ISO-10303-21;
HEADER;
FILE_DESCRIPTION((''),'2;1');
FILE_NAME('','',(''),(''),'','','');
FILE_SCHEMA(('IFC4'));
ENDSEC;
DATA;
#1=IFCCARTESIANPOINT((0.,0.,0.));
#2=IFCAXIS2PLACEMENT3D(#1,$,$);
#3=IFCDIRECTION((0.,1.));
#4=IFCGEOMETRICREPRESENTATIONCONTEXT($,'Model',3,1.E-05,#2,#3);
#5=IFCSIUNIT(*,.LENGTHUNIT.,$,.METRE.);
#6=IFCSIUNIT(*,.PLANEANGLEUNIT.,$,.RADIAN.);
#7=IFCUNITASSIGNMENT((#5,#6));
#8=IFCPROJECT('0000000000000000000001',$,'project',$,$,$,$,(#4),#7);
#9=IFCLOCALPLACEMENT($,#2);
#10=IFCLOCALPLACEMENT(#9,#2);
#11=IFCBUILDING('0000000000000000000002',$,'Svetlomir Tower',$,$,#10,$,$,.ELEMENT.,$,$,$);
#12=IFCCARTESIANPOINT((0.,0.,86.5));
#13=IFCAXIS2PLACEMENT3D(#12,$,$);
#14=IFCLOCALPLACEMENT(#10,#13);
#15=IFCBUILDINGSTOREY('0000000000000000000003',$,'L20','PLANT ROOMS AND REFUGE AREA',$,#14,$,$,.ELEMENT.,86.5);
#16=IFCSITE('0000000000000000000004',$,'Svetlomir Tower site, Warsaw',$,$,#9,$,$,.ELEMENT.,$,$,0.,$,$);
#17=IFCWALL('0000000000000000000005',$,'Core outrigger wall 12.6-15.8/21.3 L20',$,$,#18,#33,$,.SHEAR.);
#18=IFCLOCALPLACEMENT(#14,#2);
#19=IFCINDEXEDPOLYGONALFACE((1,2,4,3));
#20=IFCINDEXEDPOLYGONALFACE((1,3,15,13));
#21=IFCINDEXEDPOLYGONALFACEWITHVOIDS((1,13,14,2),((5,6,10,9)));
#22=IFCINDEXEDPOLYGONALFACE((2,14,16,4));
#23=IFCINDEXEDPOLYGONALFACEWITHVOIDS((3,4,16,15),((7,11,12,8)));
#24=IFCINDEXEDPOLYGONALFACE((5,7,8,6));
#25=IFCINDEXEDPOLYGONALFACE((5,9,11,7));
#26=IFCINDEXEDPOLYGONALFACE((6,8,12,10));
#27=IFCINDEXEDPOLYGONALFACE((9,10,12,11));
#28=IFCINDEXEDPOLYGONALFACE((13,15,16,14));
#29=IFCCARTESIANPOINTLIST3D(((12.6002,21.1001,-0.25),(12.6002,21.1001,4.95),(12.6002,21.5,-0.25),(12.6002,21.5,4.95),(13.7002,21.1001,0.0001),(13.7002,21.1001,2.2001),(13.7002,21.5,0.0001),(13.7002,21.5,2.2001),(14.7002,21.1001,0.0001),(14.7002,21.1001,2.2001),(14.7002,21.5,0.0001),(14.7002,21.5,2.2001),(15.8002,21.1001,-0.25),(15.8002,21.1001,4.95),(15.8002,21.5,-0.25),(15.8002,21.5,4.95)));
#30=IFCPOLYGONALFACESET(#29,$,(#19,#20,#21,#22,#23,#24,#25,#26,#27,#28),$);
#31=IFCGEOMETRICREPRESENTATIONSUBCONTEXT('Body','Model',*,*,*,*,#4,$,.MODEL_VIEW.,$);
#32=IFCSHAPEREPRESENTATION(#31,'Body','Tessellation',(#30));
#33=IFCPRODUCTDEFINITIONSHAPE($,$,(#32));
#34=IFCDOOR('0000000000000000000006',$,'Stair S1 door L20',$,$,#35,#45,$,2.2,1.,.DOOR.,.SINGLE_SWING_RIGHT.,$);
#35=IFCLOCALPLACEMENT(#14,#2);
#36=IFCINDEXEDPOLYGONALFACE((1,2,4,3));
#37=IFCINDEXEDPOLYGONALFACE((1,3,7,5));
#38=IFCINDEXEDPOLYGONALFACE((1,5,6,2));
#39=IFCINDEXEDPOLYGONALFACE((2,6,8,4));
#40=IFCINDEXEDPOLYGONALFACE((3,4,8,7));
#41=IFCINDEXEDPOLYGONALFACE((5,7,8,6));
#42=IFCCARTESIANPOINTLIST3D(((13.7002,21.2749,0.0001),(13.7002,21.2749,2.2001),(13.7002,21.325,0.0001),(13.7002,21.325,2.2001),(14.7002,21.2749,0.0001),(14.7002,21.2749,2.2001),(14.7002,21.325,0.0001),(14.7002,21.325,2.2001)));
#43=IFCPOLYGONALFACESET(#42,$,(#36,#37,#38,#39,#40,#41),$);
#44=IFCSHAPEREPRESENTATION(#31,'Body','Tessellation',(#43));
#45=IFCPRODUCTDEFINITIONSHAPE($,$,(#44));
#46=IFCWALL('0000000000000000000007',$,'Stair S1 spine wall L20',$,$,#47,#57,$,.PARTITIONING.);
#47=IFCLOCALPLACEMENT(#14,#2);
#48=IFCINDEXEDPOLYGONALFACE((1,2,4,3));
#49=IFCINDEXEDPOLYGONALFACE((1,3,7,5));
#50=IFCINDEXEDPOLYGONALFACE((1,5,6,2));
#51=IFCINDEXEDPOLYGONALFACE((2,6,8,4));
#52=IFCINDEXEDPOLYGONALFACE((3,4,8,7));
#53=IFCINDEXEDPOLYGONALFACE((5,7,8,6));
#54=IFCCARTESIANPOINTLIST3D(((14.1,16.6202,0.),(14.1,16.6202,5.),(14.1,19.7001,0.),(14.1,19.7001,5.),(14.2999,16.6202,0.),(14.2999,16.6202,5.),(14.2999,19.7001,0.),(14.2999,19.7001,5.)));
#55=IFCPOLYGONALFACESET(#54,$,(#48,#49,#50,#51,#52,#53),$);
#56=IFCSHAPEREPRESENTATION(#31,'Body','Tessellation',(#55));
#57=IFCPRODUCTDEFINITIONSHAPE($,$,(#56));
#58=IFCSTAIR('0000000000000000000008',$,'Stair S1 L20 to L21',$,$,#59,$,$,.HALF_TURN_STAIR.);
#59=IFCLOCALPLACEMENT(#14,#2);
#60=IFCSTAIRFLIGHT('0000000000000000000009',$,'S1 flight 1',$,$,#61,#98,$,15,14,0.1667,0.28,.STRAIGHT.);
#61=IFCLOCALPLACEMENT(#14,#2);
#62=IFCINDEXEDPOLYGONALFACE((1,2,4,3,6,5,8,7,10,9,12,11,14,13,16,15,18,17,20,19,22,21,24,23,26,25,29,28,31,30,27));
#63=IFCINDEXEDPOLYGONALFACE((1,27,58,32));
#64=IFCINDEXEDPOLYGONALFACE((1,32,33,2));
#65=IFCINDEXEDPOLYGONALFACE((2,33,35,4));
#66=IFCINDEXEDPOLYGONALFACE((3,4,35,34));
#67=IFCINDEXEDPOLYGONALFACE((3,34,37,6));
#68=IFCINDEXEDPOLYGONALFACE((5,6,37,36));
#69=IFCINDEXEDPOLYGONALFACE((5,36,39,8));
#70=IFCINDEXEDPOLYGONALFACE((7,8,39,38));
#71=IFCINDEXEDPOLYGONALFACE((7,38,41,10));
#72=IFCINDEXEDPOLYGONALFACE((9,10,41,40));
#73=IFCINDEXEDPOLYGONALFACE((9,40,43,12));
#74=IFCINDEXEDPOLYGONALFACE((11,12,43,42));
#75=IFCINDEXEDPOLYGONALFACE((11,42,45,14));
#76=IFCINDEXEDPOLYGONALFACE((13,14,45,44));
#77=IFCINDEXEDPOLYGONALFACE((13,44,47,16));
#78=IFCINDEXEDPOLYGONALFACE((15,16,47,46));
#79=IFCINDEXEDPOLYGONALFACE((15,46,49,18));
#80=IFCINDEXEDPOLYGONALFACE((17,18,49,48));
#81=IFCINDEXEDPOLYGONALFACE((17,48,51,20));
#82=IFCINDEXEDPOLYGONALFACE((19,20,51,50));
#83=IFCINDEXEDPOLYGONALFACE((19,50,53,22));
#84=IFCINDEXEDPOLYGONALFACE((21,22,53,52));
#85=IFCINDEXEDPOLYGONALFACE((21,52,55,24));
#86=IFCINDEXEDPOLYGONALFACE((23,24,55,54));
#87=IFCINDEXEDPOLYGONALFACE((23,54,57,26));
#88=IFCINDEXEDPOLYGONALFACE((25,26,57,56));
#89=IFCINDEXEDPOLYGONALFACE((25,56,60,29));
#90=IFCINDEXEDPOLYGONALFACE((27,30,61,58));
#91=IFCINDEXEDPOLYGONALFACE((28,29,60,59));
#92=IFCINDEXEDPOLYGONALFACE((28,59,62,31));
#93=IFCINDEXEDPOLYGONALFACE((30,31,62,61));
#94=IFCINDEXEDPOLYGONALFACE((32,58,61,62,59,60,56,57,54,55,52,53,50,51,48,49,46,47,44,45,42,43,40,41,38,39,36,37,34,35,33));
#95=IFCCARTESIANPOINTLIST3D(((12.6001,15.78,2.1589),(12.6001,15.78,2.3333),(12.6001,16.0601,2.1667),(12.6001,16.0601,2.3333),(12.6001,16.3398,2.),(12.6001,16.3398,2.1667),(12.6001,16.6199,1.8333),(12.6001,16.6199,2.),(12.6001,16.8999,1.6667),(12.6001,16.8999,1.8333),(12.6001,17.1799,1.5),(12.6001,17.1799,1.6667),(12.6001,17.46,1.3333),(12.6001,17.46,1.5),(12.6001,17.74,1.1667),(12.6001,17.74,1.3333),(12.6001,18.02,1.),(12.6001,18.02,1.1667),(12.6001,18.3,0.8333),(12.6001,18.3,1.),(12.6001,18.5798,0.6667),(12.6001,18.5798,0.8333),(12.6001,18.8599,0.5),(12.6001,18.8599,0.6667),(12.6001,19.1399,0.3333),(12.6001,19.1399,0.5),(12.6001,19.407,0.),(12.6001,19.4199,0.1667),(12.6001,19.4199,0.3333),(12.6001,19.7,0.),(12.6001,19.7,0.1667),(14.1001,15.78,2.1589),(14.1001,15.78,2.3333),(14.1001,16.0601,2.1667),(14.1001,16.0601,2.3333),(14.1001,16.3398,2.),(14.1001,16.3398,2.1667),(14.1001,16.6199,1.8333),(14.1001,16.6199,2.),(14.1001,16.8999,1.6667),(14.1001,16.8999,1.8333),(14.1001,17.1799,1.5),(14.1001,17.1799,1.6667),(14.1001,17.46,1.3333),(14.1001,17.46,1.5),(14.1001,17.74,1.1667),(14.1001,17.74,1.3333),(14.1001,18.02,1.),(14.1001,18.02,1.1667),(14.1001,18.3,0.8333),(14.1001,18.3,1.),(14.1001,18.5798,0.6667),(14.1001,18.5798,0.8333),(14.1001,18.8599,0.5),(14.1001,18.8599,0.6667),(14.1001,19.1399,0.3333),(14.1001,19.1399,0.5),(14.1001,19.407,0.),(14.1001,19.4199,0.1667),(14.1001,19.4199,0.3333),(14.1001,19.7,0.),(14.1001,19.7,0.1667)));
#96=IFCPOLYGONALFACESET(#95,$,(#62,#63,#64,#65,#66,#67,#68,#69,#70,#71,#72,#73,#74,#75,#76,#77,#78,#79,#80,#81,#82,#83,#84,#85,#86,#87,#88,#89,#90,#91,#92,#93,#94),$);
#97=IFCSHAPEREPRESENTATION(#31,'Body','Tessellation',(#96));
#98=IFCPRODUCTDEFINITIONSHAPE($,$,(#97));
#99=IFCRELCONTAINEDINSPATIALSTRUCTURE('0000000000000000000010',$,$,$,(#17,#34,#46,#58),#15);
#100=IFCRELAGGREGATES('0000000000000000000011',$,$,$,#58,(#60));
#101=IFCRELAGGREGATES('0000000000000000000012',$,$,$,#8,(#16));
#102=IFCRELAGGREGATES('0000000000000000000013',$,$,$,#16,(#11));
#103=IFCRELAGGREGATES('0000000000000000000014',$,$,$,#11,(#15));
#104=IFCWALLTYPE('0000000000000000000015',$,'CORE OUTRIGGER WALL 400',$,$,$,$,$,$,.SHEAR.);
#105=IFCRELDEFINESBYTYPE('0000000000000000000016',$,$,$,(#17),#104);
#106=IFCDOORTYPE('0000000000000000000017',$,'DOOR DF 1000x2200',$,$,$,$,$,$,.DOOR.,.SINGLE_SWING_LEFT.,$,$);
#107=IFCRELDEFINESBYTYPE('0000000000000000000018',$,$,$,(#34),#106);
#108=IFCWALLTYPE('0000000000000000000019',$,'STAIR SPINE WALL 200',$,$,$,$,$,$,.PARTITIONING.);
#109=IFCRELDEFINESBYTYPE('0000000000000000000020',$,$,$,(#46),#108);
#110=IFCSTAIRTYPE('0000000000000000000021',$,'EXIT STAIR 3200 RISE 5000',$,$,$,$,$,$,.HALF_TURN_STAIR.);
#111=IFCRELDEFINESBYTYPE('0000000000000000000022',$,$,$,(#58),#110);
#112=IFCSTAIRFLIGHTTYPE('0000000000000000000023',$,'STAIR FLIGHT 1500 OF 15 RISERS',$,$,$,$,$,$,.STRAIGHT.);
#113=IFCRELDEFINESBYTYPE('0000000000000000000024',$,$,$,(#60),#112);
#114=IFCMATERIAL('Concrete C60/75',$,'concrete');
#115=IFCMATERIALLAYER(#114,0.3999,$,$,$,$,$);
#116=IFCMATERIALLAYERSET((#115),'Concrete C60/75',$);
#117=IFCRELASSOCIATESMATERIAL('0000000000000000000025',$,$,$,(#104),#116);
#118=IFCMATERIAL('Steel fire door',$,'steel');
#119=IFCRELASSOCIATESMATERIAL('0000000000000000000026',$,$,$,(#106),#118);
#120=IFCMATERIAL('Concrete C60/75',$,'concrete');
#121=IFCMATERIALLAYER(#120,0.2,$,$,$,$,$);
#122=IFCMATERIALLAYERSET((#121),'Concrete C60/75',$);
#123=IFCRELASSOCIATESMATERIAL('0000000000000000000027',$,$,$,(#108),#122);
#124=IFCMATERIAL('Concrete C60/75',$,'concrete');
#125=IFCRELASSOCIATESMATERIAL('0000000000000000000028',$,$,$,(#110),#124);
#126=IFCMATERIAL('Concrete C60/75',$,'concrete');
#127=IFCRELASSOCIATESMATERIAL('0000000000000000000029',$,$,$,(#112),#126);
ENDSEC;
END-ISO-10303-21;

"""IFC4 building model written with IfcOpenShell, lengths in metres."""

from ifc_helpers import new_model, si_unit, direction, frame, frame_2d, origin, place, context, subcontext, project, spatial, polyline, rectangle, outline, extrude, material, layer, layer_set, type_object, element, fill, aggregate, save


model = new_model("IFC4")

# Units and contexts
model_context = context("Model", 3, precision=1e-05, world=origin(), true_north=direction((0.0, 1.0)))
body_context = subcontext(model_context, "Body", "Model", "MODEL_VIEW")
ifc_project = project(units=[si_unit("LENGTHUNIT", "METRE"), si_unit("PLANEANGLEUNIT", "RADIAN")], contexts=[model_context])

# Site, building, storey
site_placement = place(None, origin())
site = spatial("IfcSite", under=ifc_project, at=site_placement, Name="Svetlomir Tower site, Warsaw", CompositionType="ELEMENT", RefElevation=0.0)
building_placement = place(site_placement, origin())
building = spatial("IfcBuilding", under=site, at=building_placement, Name="Svetlomir Tower", CompositionType="ELEMENT")
storey_placement = place(building_placement, frame((0.0, 0.0, 86.5)))
storey = spatial("IfcBuildingStorey", under=building, at=storey_placement, Name="L20", Description="PLANT ROOMS AND REFUGE AREA", CompositionType="ELEMENT", Elevation=86.5)

# Wall, opening, door
ifc_material_1 = material(Name="Concrete C60/75", Category="concrete")
ifc_layer_1 = layer(ifc_material_1, 0.3999)
ifc_layer_set_1 = layer_set([ifc_layer_1], Name="Concrete C60/75")
wall_type_1 = type_object("IfcWallType", Name="CORE OUTRIGGER WALL 400", PredefinedType="SHEAR", material=ifc_layer_set_1)
wall_1_placement = place(storey_placement, frame((12.6001, 21.3, -0.25), z_axis=(0.0, 0.0, 1.0), x_axis=(1.0, 0.0, 0.0)))
wall_1 = element("IfcWall", 1, at=wall_1_placement, inside=storey, type_object=wall_type_1, Name="Core outrigger wall 12.6-15.8/21.3 L20", PredefinedType="SHEAR", context=body_context, shape_type="SweptSolid", body=[
    extrude(rectangle(XDim=3.2, YDim=0.3999, at=frame_2d((1.6001, 0.0))), origin(), (0.0, 0.0, 1.0), 5.2),
])
opening_placement = place(wall_1_placement, frame((1.1001, 0.0, 0.25)))
opening = element("IfcOpeningElement", 2, at=opening_placement, cuts=wall_1, PredefinedType="OPENING", context=body_context, shape_type="SweptSolid", body=[
    extrude(rectangle(XDim=1.0, YDim=2.2, at=frame_2d((0.5, 1.1001))), frame((0.0, 0.21, 0.0), z_axis=(0.0, -1.0, 0.0), x_axis=(1.0, 0.0, 0.0)), (0.0, 0.0, 1.0), 0.4199),
])
ifc_material_2 = material(Name="Steel fire door", Category="steel")
door_type = type_object("IfcDoorType", Name="DOOR DF 1000x2200", OperationType="SINGLE_SWING_LEFT", PredefinedType="DOOR", material=ifc_material_2)
door_placement = place(opening_placement, origin())
door = element("IfcDoor", 3, at=door_placement, inside=storey, type_object=door_type, Name="Stair S1 door L20", OperationType="SINGLE_SWING_RIGHT", OverallHeight=2.2, OverallWidth=1.0, PredefinedType="DOOR", context=body_context, shape_type="SweptSolid", body=[
    extrude(rectangle(XDim=1.0, YDim=2.2, at=frame_2d((0.5, 1.1001))), frame((0.0, 0.0249, 0.0), z_axis=(0.0, -1.0, 0.0), x_axis=(1.0, 0.0, 0.0)), (0.0, 0.0, 1.0), 0.05),
])
fill(opening, door)

# Wall
ifc_material_3 = material(Name="Concrete C60/75", Category="concrete")
ifc_layer_2 = layer(ifc_material_3, 0.2)
ifc_layer_set_2 = layer_set([ifc_layer_2], Name="Concrete C60/75")
wall_type_2 = type_object("IfcWallType", Name="STAIR SPINE WALL 200", PredefinedType="PARTITIONING", material=ifc_layer_set_2)
wall_2_placement = place(storey_placement, frame((14.2, 16.6201, 0.0), z_axis=(0.0, 0.0, 1.0), x_axis=(0.0, 1.0, 0.0)))
element("IfcWall", 4, at=wall_2_placement, inside=storey, type_object=wall_type_2, Name="Stair S1 spine wall L20", PredefinedType="PARTITIONING", context=body_context, shape_type="SweptSolid", body=[
    extrude(rectangle(XDim=3.0798, YDim=0.2, at=frame_2d((1.54, 0.0))), origin(), (0.0, 0.0, 1.0), 5.0),
])

# Stair, stair flight
ifc_material_4 = material(Name="Concrete C60/75", Category="concrete")
stair_type = type_object("IfcStairType", Name="EXIT STAIR 3200 RISE 5000", PredefinedType="HALF_TURN_STAIR", material=ifc_material_4)
stair_placement = place(storey_placement, origin())
stair = element("IfcStair", 5, at=stair_placement, inside=storey, type_object=stair_type, Name="Stair S1 L20 to L21", PredefinedType="HALF_TURN_STAIR")
ifc_material_5 = material(Name="Concrete C60/75", Category="concrete")
stair_flight_type = type_object("IfcStairFlightType", Name="STAIR FLIGHT 1500 OF 15 RISERS", PredefinedType="STRAIGHT", material=ifc_material_5)
stair_flight_placement = place(storey_placement, frame((13.3501, 19.7, 0.0), z_axis=(0.0, 0.0, 1.0), x_axis=(0.0, -1.0, 0.0)))
stair_flight = element("IfcStairFlight", 6, at=stair_flight_placement, type_object=stair_flight_type, Name="S1 flight 1", NumberOfRisers=15, NumberOfTreads=14, PredefinedType="STRAIGHT", RiserHeight=0.1667, TreadLength=0.28, context=body_context, shape_type="SweptSolid", body=[
    extrude(outline(polyline([(0.0, 0.0), (0.0, 0.1667), (0.28, 0.1667), (0.28, 0.3333), (0.5601, 0.3333), (0.5601, 0.5), (0.8401, 0.5), (0.8401, 0.6667), (1.1201, 0.6667), (1.1201, 0.8333), (1.3999, 0.8333), (1.3999, 1.0), (1.6799, 1.0), (1.6799, 1.1667), (1.96, 1.1667), (1.96, 1.3333), (2.24, 1.3333), (2.24, 1.5), (2.52, 1.5), (2.52, 1.6667), (2.8, 1.6667), (2.8, 1.8333), (3.0801, 1.8333), (3.0801, 2.0), (3.3601, 2.0), (3.3601, 2.1667), (3.6399, 2.1667), (3.6399, 2.3333), (3.9199, 2.3333), (3.9199, 2.5), (3.9199, 2.1589), (0.293, 0.0), (0.0, 0.0)])), frame((0.0, 0.75, 0.0), z_axis=(0.0, -1.0, 0.0), x_axis=(1.0, 0.0, 0.0)), (0.0, 0.0, 1.0), 1.5),
])
aggregate(stair, [stair_flight])

save(model, "model.ifc")
